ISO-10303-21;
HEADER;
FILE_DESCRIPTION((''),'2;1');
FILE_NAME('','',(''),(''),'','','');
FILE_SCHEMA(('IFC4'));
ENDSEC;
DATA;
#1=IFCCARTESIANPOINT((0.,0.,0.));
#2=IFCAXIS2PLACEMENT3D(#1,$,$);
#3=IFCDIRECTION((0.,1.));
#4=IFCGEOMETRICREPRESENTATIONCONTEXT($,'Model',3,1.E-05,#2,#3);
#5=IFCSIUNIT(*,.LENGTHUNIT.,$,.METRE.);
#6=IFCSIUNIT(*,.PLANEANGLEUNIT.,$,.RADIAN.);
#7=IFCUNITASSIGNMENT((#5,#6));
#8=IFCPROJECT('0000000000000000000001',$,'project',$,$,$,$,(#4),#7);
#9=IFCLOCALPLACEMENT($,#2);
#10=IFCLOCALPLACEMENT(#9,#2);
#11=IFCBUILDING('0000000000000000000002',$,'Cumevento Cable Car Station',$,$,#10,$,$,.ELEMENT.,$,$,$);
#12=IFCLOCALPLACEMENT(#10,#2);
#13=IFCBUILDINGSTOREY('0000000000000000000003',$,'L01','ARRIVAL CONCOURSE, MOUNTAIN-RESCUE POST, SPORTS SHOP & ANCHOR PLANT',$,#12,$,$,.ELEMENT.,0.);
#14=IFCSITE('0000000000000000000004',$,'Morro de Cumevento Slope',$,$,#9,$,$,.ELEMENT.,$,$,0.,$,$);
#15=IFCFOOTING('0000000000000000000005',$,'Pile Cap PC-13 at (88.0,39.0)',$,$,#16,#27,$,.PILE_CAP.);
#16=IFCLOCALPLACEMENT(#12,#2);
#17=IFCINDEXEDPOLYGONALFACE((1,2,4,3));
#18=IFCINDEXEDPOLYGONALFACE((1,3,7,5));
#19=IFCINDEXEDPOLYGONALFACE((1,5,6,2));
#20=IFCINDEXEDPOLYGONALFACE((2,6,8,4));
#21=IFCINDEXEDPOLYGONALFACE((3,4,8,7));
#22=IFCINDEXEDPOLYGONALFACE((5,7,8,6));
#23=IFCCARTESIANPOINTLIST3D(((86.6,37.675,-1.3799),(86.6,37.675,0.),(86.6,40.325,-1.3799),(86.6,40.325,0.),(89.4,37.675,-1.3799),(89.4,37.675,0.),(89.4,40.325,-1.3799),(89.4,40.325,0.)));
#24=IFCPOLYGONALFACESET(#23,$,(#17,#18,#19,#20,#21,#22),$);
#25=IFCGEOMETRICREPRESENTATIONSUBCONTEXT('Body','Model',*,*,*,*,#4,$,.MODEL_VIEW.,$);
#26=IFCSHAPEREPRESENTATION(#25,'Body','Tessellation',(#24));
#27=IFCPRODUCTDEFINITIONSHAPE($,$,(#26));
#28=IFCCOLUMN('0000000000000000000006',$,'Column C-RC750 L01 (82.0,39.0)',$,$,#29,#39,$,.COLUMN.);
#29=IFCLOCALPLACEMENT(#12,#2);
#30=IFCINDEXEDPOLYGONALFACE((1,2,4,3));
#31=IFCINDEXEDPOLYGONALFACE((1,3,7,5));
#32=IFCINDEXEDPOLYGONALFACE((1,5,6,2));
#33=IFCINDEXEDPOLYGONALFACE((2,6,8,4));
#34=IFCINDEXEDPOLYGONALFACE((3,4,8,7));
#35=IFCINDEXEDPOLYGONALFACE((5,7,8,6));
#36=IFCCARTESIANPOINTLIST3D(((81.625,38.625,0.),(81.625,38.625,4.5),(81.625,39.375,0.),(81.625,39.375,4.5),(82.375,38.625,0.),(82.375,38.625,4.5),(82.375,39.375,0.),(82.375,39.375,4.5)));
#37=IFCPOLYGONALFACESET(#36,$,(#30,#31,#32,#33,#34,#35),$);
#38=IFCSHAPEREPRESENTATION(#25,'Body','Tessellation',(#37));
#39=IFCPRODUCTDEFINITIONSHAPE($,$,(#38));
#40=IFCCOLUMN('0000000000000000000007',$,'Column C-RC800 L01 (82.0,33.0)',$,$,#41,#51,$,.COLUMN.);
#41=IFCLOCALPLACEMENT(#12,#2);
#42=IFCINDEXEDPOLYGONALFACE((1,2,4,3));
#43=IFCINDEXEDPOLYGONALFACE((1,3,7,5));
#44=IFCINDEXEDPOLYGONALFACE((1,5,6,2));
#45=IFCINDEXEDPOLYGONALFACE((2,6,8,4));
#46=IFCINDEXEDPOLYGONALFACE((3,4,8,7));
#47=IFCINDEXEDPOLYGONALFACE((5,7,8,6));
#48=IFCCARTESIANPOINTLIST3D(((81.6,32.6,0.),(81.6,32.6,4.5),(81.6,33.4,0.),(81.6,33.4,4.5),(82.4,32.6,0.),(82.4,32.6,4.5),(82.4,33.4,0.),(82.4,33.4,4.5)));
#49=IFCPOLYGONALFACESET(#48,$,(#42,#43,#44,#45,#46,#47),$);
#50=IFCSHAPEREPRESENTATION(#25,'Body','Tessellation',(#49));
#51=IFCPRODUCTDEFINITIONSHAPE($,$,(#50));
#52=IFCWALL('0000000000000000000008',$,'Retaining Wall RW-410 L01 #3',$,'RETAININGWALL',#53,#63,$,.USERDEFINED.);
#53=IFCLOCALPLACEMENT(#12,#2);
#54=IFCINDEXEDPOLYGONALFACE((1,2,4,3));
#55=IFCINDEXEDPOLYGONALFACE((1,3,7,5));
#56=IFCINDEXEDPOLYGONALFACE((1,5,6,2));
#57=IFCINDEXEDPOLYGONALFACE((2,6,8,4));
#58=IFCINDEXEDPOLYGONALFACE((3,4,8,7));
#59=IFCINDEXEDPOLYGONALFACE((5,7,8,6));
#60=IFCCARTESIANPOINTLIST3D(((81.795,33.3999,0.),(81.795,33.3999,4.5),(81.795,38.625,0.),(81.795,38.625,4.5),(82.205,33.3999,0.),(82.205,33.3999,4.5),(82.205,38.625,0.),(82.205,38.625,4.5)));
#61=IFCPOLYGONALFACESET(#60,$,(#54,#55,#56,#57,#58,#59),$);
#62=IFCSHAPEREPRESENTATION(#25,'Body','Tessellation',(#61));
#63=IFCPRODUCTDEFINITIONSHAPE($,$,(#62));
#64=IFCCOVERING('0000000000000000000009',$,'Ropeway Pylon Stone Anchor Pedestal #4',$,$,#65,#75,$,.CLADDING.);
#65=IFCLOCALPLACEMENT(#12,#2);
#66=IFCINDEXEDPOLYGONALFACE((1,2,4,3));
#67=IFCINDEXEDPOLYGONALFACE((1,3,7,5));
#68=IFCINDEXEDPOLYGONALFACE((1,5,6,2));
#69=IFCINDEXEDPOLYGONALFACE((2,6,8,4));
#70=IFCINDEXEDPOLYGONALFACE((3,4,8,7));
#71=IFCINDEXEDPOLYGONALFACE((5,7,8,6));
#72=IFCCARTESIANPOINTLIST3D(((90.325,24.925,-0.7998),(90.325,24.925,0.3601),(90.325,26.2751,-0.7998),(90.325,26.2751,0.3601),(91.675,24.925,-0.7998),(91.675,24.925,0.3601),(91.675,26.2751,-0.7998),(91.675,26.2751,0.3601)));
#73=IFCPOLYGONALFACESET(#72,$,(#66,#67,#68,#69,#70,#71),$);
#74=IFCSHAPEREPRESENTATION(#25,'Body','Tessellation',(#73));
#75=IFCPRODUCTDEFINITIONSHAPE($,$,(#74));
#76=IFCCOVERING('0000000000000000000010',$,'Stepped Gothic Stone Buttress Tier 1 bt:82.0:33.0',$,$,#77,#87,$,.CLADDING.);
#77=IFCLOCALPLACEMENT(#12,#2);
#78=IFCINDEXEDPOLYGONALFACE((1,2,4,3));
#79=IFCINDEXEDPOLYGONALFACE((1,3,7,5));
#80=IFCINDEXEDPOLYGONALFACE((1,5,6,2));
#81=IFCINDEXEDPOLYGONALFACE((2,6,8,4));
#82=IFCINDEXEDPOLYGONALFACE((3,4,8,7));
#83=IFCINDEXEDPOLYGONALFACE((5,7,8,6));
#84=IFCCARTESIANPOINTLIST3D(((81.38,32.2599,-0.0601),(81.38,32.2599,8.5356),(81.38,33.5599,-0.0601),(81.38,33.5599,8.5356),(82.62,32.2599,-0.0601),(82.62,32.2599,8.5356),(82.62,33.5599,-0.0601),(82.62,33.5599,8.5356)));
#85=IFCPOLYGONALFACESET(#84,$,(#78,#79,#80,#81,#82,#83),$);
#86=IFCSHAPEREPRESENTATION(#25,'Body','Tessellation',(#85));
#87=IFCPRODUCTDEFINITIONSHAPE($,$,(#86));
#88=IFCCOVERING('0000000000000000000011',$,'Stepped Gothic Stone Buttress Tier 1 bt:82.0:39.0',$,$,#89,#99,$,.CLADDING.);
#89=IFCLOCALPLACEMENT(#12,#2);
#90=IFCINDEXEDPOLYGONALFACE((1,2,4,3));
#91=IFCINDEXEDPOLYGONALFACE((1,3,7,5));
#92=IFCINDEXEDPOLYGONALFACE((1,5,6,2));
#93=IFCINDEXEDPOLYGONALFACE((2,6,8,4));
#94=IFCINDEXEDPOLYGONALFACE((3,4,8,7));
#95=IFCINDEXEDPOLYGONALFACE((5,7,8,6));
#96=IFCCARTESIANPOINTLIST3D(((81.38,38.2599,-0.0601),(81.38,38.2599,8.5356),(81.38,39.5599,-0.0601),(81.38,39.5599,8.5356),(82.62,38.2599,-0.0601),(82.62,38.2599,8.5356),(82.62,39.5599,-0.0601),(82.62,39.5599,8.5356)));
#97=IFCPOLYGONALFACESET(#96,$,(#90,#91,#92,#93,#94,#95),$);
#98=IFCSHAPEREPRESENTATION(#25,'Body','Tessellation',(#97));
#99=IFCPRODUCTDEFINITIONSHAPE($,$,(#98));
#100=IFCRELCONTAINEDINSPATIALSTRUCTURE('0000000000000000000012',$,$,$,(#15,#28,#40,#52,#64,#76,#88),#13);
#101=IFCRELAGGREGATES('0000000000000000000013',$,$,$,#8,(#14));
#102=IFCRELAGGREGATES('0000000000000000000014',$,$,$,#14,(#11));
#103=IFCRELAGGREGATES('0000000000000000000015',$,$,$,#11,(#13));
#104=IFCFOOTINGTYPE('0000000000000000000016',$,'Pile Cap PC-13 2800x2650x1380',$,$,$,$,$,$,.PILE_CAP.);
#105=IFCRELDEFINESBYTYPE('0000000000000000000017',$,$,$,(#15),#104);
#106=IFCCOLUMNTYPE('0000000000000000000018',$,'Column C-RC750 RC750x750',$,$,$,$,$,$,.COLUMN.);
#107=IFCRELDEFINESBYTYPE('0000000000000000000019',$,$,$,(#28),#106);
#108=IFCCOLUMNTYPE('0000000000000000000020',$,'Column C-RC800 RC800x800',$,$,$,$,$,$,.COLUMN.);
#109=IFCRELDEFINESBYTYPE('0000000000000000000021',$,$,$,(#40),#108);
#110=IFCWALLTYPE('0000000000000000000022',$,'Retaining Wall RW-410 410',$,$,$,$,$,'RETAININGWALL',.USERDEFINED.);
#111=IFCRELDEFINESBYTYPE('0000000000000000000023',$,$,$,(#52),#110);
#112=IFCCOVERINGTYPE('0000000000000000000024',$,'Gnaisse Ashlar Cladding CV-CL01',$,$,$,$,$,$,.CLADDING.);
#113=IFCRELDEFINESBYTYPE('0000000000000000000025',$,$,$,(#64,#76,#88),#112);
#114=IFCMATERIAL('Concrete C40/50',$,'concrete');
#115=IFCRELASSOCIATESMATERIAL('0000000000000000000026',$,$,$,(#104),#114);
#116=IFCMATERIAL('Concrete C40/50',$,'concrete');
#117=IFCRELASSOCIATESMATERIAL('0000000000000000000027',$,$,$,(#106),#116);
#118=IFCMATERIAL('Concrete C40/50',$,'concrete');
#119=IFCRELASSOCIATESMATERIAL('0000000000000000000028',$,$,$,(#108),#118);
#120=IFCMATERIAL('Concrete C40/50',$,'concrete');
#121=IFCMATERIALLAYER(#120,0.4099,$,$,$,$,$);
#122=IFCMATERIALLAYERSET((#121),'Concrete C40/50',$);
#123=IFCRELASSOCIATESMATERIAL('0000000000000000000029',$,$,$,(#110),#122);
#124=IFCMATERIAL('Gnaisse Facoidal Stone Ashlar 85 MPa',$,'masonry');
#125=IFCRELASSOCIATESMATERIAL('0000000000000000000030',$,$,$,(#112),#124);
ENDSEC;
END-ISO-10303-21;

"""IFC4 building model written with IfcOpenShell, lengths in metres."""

from ifc_helpers import new_model, si_unit, direction, frame, frame_2d, origin, origin_2d, place, context, subcontext, project, spatial, rectangle, extrude, material, layer, layer_set, material_profile, profile_set, type_object, element, save


model = new_model("IFC4")

# Units and contexts
model_context = context("Model", 3, precision=1e-05, world=origin(), true_north=direction((0.0, 1.0)))
body_context = subcontext(model_context, "Body", "Model", "MODEL_VIEW")
ifc_project = project(units=[si_unit("LENGTHUNIT", "METRE"), si_unit("PLANEANGLEUNIT", "RADIAN")], contexts=[model_context])

# Site, building, storey
site_placement = place(None, origin())
site = spatial("IfcSite", under=ifc_project, at=site_placement, Name="Morro de Cumevento Slope", CompositionType="ELEMENT", RefElevation=0.0)
building_placement = place(site_placement, origin())
building = spatial("IfcBuilding", under=site, at=building_placement, Name="Cumevento Cable Car Station", CompositionType="ELEMENT")
storey_placement = place(building_placement, origin())
storey = spatial("IfcBuildingStorey", under=building, at=storey_placement, Name="L01", Description="ARRIVAL CONCOURSE, MOUNTAIN-RESCUE POST, SPORTS SHOP & ANCHOR PLANT", CompositionType="ELEMENT", Elevation=0.0)

# Footing
ifc_material_1 = material(Name="Concrete C40/50", Category="concrete")
footing_type_1 = type_object("IfcFootingType", Name="Pile Cap PC-13 2800x2650x1380", PredefinedType="PILE_CAP", material=ifc_material_1)
footing_1_placement = place(storey_placement, frame((88.0, 39.0, -1.3799), z_axis=(0.0, 0.0, 1.0), x_axis=(1.0, 0.0, 0.0)))
element("IfcFooting", 1, at=footing_1_placement, inside=storey, type_object=footing_type_1, Name="Pile Cap PC-13 at (88.0,39.0)", PredefinedType="PILE_CAP", context=body_context, shape_type="SweptSolid", body=[
    extrude(rectangle(XDim=2.8, YDim=2.6499, at=origin_2d()), origin(), (0.0, 0.0, 1.0), 1.3799),
])

# Columns
ifc_material_2 = material(Name="Concrete C40/50", Category="concrete")
ifc_material_profile_1 = material_profile(ifc_material_2, rectangle(XDim=0.75, YDim=0.75, at=origin_2d()), Name="RC750x750")
ifc_profile_set_1 = profile_set([ifc_material_profile_1], Name="Concrete C40/50")
column_type_1 = type_object("IfcColumnType", Name="Column C-RC750 RC750x750", PredefinedType="COLUMN", material=ifc_profile_set_1)
column_1_placement = place(storey_placement, frame((82.0, 39.0, 0.0), z_axis=(0.0, 0.0, 1.0), x_axis=(1.0, 0.0, 0.0)))
element("IfcColumn", 2, at=column_1_placement, inside=storey, type_object=column_type_1, Name="Column C-RC750 L01 (82.0,39.0)", PredefinedType="COLUMN", context=body_context, shape_type="SweptSolid", body=[
    extrude(rectangle(XDim=0.75, YDim=0.75, at=origin_2d()), origin(), (0.0, 0.0, 1.0), 4.5),
])
ifc_material_3 = material(Name="Concrete C40/50", Category="concrete")
ifc_material_profile_2 = material_profile(ifc_material_3, rectangle(XDim=0.8, YDim=0.8, at=origin_2d()), Name="RC800x800")
ifc_profile_set_2 = profile_set([ifc_material_profile_2], Name="Concrete C40/50")
column_type_2 = type_object("IfcColumnType", Name="Column C-RC800 RC800x800", PredefinedType="COLUMN", material=ifc_profile_set_2)
column_2_placement = place(storey_placement, frame((82.0, 33.0, 0.0), z_axis=(0.0, 0.0, 1.0), x_axis=(1.0, 0.0, 0.0)))
element("IfcColumn", 3, at=column_2_placement, inside=storey, type_object=column_type_2, Name="Column C-RC800 L01 (82.0,33.0)", PredefinedType="COLUMN", context=body_context, shape_type="SweptSolid", body=[
    extrude(rectangle(XDim=0.8, YDim=0.8, at=origin_2d()), origin(), (0.0, 0.0, 1.0), 4.5),
])

# Wall
ifc_material_4 = material(Name="Concrete C40/50", Category="concrete")
ifc_layer = layer(ifc_material_4, 0.4099)
ifc_layer_set = layer_set([ifc_layer], Name="Concrete C40/50")
wall_type = type_object("IfcWallType", Name="Retaining Wall RW-410 410", ElementType="RETAININGWALL", PredefinedType="USERDEFINED", material=ifc_layer_set)
wall_placement = place(storey_placement, frame((82.0, 33.3999, 0.0), z_axis=(0.0, 0.0, 1.0), x_axis=(0.0, 1.0, 0.0)))
element("IfcWall", 4, at=wall_placement, inside=storey, type_object=wall_type, Name="Retaining Wall RW-410 L01 #3", ObjectType="RETAININGWALL", PredefinedType="USERDEFINED", context=body_context, shape_type="SweptSolid", body=[
    extrude(rectangle(XDim=5.2251, YDim=0.4099, at=frame_2d((2.6125, 0.0))), origin(), (0.0, 0.0, 1.0), 4.5),
])

# Coverings
ifc_material_5 = material(Name="Gnaisse Facoidal Stone Ashlar 85 MPa", Category="masonry")
covering_type = type_object("IfcCoveringType", Name="Gnaisse Ashlar Cladding CV-CL01", PredefinedType="CLADDING", material=ifc_material_5)
covering_1_placement = place(storey_placement, frame((91.0, 25.6001, -0.7998), z_axis=(0.0, 0.0, 1.0), x_axis=(1.0, 0.0, 0.0)))
element("IfcCovering", 5, at=covering_1_placement, inside=storey, type_object=covering_type, Name="Ropeway Pylon Stone Anchor Pedestal #4", PredefinedType="CLADDING", context=body_context, shape_type="SweptSolid", body=[
    extrude(rectangle(XDim=1.3501, YDim=1.3501, at=origin_2d()), origin(), (0.0, 0.0, 1.0), 1.1599),
])
for number, where, z_axis, x_axis, name in (
    (6, (82.0, 32.9099, -0.0601), (0.0, 0.0, 1.0), (1.0, 0.0, 0.0), "Stepped Gothic Stone Buttress Tier 1 bt:82.0:33.0"),
    (7, (82.0, 38.9099, -0.0601), (0.0, 0.0, 1.0), (1.0, 0.0, 0.0), "Stepped Gothic Stone Buttress Tier 1 bt:82.0:39.0"),
):
    element("IfcCovering", number, at=place(storey_placement, frame(where, z_axis=z_axis, x_axis=x_axis)), inside=storey, type_object=covering_type, Name=name, PredefinedType="CLADDING", context=body_context, shape_type="SweptSolid", body=[
        extrude(rectangle(XDim=1.24, YDim=1.3, at=origin_2d()), origin(), (0.0, 0.0, 1.0), 8.5957),
    ])

save(model, "model.ifc")
